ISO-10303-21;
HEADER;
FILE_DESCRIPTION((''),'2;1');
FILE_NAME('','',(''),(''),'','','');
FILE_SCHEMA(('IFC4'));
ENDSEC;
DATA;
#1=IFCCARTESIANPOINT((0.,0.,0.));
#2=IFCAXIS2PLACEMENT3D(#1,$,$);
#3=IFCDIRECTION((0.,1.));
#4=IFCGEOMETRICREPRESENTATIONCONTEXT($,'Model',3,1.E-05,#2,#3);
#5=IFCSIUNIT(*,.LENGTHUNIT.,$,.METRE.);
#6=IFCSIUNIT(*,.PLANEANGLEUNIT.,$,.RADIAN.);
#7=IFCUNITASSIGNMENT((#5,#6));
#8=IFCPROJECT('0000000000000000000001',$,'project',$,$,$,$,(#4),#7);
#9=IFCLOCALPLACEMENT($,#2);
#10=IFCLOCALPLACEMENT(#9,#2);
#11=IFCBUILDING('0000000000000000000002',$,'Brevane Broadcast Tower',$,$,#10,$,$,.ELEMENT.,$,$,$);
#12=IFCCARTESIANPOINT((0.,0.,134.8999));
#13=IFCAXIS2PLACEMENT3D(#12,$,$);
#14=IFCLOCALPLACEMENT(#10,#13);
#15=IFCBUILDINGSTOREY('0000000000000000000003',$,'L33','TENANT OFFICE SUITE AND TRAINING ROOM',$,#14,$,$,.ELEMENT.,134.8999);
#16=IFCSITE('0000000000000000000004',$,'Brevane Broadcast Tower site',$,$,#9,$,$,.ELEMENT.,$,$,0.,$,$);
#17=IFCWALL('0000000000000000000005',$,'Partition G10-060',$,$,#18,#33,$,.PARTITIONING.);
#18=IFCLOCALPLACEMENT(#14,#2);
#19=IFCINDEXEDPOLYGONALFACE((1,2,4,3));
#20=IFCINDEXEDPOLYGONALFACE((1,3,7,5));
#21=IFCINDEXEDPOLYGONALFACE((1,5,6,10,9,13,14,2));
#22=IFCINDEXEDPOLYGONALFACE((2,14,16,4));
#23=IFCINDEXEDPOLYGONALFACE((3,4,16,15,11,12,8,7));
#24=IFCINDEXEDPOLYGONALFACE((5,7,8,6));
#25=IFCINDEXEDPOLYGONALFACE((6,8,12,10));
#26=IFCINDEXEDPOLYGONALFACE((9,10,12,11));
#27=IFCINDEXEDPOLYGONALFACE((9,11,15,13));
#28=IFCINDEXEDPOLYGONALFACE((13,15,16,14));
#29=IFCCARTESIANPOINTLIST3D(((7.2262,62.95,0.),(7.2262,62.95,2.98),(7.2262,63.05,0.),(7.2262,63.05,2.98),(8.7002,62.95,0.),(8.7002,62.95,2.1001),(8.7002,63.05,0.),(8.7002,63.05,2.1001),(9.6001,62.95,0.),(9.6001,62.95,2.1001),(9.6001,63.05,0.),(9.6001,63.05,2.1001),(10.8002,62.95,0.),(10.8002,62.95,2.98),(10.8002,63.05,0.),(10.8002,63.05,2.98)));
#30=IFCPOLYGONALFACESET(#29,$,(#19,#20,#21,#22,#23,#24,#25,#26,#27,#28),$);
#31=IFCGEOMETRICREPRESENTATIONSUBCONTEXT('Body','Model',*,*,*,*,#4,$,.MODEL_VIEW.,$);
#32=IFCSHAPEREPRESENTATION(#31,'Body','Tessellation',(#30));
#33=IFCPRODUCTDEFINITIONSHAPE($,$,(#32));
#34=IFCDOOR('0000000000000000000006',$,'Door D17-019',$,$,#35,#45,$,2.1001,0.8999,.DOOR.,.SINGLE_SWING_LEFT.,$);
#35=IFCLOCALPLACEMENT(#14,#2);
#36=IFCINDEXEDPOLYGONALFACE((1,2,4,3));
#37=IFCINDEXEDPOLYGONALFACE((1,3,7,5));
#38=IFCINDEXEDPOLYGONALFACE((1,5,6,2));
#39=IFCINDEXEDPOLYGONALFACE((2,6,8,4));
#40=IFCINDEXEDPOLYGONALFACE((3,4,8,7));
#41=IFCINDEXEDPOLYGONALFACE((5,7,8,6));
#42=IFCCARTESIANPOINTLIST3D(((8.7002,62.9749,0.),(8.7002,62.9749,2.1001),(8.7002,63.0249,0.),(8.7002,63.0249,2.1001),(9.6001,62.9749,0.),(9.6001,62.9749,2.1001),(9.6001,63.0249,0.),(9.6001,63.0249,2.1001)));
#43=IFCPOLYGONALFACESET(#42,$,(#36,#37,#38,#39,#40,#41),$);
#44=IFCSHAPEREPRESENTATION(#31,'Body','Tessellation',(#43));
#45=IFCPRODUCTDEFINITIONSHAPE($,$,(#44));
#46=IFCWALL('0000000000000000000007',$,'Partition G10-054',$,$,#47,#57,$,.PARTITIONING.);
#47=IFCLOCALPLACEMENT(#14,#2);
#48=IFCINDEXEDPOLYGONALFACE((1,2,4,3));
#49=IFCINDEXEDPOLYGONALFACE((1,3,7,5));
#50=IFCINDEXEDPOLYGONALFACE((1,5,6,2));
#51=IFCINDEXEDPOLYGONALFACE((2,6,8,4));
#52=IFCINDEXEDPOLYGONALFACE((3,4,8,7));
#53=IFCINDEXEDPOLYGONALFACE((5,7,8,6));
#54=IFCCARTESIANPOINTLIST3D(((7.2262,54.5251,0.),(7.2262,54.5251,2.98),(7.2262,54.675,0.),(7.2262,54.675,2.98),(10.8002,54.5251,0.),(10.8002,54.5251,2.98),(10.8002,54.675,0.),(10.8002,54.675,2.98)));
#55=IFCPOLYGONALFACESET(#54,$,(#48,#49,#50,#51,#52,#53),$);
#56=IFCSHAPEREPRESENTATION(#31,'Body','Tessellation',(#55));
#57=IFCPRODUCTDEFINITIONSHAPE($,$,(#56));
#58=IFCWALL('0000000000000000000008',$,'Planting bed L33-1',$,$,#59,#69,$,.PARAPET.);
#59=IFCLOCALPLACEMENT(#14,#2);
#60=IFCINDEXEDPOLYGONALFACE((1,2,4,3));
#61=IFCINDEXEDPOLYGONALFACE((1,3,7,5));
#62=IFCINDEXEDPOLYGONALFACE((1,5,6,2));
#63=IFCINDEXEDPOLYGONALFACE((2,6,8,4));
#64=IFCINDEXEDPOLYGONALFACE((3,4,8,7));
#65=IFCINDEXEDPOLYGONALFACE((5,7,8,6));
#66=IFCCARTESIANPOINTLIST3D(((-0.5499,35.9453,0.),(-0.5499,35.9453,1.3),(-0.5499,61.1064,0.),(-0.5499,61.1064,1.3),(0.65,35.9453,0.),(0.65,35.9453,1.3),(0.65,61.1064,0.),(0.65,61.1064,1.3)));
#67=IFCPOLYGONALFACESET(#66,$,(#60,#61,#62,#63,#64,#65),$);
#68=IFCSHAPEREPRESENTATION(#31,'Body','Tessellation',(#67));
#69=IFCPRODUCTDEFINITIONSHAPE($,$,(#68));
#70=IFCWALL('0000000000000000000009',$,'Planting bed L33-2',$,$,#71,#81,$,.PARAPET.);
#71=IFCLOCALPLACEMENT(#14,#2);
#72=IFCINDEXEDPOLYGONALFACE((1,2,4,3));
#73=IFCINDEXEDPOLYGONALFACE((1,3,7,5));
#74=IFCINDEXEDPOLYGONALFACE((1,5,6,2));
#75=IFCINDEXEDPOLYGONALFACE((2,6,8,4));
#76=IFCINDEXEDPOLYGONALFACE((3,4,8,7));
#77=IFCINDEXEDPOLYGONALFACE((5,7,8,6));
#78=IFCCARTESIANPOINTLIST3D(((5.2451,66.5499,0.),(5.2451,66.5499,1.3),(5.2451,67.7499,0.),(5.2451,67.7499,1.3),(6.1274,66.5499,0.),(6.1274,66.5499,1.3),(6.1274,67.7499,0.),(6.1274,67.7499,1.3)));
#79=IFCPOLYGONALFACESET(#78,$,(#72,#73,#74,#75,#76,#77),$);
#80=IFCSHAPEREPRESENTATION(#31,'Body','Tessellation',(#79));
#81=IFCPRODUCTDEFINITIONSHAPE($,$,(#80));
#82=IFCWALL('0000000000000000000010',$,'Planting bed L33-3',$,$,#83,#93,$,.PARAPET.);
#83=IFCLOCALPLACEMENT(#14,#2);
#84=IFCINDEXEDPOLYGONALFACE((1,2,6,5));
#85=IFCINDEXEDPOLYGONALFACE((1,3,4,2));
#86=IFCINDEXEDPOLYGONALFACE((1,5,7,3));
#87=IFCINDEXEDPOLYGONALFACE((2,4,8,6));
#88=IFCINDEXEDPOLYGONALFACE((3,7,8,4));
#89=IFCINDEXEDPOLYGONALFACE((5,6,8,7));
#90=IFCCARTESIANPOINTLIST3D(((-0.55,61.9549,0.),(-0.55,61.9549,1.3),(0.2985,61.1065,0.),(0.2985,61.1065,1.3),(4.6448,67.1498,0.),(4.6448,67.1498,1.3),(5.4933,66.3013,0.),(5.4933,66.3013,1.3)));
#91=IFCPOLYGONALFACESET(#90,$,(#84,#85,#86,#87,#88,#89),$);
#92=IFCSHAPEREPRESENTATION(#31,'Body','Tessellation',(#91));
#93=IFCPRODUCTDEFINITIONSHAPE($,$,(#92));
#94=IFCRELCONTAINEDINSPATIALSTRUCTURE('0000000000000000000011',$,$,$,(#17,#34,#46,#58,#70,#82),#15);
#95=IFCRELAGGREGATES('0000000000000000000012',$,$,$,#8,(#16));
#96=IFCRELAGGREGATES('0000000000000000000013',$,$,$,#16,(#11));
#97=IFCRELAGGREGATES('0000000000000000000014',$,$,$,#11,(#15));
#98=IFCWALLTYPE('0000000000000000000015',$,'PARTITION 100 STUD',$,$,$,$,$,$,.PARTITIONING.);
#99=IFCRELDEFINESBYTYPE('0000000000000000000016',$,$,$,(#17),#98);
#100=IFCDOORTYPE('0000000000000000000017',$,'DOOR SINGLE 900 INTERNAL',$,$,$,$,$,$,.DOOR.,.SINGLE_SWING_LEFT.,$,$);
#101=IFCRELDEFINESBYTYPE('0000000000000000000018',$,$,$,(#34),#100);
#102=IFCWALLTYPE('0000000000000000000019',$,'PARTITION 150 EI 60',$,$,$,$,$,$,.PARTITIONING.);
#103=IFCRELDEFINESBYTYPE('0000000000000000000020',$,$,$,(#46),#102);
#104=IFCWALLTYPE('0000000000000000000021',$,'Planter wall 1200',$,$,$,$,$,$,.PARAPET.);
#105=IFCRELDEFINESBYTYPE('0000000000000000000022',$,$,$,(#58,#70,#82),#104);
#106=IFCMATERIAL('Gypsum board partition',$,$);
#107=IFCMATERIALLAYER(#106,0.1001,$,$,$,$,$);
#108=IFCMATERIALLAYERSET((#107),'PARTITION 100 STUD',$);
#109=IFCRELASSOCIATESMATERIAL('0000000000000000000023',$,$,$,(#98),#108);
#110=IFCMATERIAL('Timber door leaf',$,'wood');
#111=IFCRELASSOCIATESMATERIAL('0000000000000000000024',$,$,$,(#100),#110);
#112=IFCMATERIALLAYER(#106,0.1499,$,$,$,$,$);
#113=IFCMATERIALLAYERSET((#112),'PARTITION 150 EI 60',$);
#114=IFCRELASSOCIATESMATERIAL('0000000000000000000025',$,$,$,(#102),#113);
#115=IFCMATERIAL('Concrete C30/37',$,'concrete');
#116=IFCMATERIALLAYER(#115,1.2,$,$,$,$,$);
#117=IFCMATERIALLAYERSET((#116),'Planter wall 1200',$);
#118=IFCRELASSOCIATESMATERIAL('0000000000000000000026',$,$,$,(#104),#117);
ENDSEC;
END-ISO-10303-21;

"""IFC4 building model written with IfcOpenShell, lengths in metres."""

from ifc_helpers import new_model, si_unit, direction, frame, frame_2d, origin, place, context, subcontext, project, spatial, rectangle, extrude, material, layer, layer_set, type_object, element, fill, save


model = new_model("IFC4")

# Units and contexts
model_context = context("Model", 3, precision=1e-05, world=origin(), true_north=direction((0.0, 1.0)))
body_context = subcontext(model_context, "Body", "Model", "MODEL_VIEW")
ifc_project = project(units=[si_unit("LENGTHUNIT", "METRE"), si_unit("PLANEANGLEUNIT", "RADIAN")], contexts=[model_context])

# Site, building, storey
site_placement = place(None, origin())
site = spatial("IfcSite", under=ifc_project, at=site_placement, Name="Brevane Broadcast Tower site", CompositionType="ELEMENT", RefElevation=0.0)
building_placement = place(site_placement, origin())
building = spatial("IfcBuilding", under=site, at=building_placement, Name="Brevane Broadcast Tower", CompositionType="ELEMENT")
storey_placement = place(building_placement, frame((0.0, 0.0, 134.8999)))
storey = spatial("IfcBuildingStorey", under=building, at=storey_placement, Name="L33", Description="TENANT OFFICE SUITE AND TRAINING ROOM", CompositionType="ELEMENT", Elevation=134.8999)

# Wall, opening, door
ifc_material_1 = material(Name="Gypsum board partition")
ifc_layer_1 = layer(ifc_material_1, 0.1001)
ifc_layer_set_1 = layer_set([ifc_layer_1], Name="PARTITION 100 STUD")
wall_type_1 = type_object("IfcWallType", Name="PARTITION 100 STUD", PredefinedType="PARTITIONING", material=ifc_layer_set_1)
wall_1_placement = place(storey_placement, frame((7.2261, 63.0, 0.0), z_axis=(0.0, 0.0, 1.0), x_axis=(1.0, 0.0, 0.0)))
wall_1 = element("IfcWall", 1, at=wall_1_placement, inside=storey, type_object=wall_type_1, Name="Partition G10-060", PredefinedType="PARTITIONING", context=body_context, shape_type="SweptSolid", body=[
    extrude(rectangle(XDim=3.574, YDim=0.1001, at=frame_2d((1.7871, 0.0))), origin(), (0.0, 0.0, 1.0), 2.98),
])
opening_placement = place(wall_1_placement, frame((1.4741, 0.0, 0.0)))
opening = element("IfcOpeningElement", 2, at=opening_placement, cuts=wall_1, PredefinedType="OPENING", context=body_context, shape_type="SweptSolid", body=[
    extrude(rectangle(XDim=0.8999, YDim=2.1001, at=frame_2d((0.45, 1.05))), frame((0.0, 0.0601, 0.0), z_axis=(0.0, -1.0, 0.0), x_axis=(1.0, 0.0, 0.0)), (0.0, 0.0, 1.0), 0.1201),
])
ifc_material_2 = material(Name="Timber door leaf", Category="wood")
door_type = type_object("IfcDoorType", Name="DOOR SINGLE 900 INTERNAL", OperationType="SINGLE_SWING_LEFT", PredefinedType="DOOR", material=ifc_material_2)
door_placement = place(opening_placement, origin())
door = element("IfcDoor", 3, at=door_placement, inside=storey, type_object=door_type, Name="Door D17-019", OperationType="SINGLE_SWING_LEFT", OverallHeight=2.1001, OverallWidth=0.8999, PredefinedType="DOOR", context=body_context, shape_type="SweptSolid", body=[
    extrude(rectangle(XDim=0.8999, YDim=2.1001, at=frame_2d((0.45, 1.05))), frame((0.0, 0.0249, 0.0), z_axis=(0.0, -1.0, 0.0), x_axis=(1.0, 0.0, 0.0)), (0.0, 0.0, 1.0), 0.05),
])
fill(opening, door)

# Walls
ifc_layer_2 = layer(ifc_material_1, 0.1499)
ifc_layer_set_2 = layer_set([ifc_layer_2], Name="PARTITION 150 EI 60")
wall_type_2 = type_object("IfcWallType", Name="PARTITION 150 EI 60", PredefinedType="PARTITIONING", material=ifc_layer_set_2)
wall_2_placement = place(storey_placement, frame((7.2261, 54.6001, 0.0), z_axis=(0.0, 0.0, 1.0), x_axis=(1.0, 0.0, 0.0)))
element("IfcWall", 4, at=wall_2_placement, inside=storey, type_object=wall_type_2, Name="Partition G10-054", PredefinedType="PARTITIONING", context=body_context, shape_type="SweptSolid", body=[
    extrude(rectangle(XDim=3.574, YDim=0.1499, at=frame_2d((1.7871, 0.0))), origin(), (0.0, 0.0, 1.0), 2.98),
])
ifc_material_3 = material(Name="Concrete C30/37", Category="concrete")
ifc_layer_3 = layer(ifc_material_3, 1.2)
ifc_layer_set_3 = layer_set([ifc_layer_3], Name="Planter wall 1200")
wall_type_3 = type_object("IfcWallType", Name="Planter wall 1200", PredefinedType="PARAPET", material=ifc_layer_set_3)
wall_3_placement = place(storey_placement, frame((0.05, 61.1064, 0.0), z_axis=(0.0, 0.0, 1.0), x_axis=(0.0, -1.0, 0.0)))
element("IfcWall", 5, at=wall_3_placement, inside=storey, type_object=wall_type_3, Name="Planting bed L33-1", PredefinedType="PARAPET", context=body_context, shape_type="SweptSolid", body=[
    extrude(rectangle(XDim=25.1611, YDim=1.2, at=frame_2d((12.5806, 0.0))), origin(), (0.0, 0.0, 1.0), 1.3),
])
wall_4_placement = place(storey_placement, frame((6.1274, 67.1499, 0.0), z_axis=(0.0, 0.0, 1.0), x_axis=(-1.0, 0.0, 0.0)))
element("IfcWall", 6, at=wall_4_placement, inside=storey, type_object=wall_type_3, Name="Planting bed L33-2", PredefinedType="PARAPET", context=body_context, shape_type="SweptSolid", body=[
    extrude(rectangle(XDim=0.8823, YDim=1.2, at=frame_2d((0.4412, 0.0))), origin(), (0.0, 0.0, 1.0), 1.3),
])
wall_5_placement = place(storey_placement, frame((5.0691, 66.7256, 0.0), z_axis=(0.0, 0.0, 1.0), x_axis=(-0.707107, -0.707107, 0.0)))
element("IfcWall", 7, at=wall_5_placement, inside=storey, type_object=wall_type_3, Name="Planting bed L33-3", PredefinedType="PARAPET", context=body_context, shape_type="SweptSolid", body=[
    extrude(rectangle(XDim=7.3467, YDim=1.2, at=frame_2d((3.6733, 0.0))), origin(), (0.0, 0.0, 1.0), 1.3),
])

save(model, "model.ifc")
